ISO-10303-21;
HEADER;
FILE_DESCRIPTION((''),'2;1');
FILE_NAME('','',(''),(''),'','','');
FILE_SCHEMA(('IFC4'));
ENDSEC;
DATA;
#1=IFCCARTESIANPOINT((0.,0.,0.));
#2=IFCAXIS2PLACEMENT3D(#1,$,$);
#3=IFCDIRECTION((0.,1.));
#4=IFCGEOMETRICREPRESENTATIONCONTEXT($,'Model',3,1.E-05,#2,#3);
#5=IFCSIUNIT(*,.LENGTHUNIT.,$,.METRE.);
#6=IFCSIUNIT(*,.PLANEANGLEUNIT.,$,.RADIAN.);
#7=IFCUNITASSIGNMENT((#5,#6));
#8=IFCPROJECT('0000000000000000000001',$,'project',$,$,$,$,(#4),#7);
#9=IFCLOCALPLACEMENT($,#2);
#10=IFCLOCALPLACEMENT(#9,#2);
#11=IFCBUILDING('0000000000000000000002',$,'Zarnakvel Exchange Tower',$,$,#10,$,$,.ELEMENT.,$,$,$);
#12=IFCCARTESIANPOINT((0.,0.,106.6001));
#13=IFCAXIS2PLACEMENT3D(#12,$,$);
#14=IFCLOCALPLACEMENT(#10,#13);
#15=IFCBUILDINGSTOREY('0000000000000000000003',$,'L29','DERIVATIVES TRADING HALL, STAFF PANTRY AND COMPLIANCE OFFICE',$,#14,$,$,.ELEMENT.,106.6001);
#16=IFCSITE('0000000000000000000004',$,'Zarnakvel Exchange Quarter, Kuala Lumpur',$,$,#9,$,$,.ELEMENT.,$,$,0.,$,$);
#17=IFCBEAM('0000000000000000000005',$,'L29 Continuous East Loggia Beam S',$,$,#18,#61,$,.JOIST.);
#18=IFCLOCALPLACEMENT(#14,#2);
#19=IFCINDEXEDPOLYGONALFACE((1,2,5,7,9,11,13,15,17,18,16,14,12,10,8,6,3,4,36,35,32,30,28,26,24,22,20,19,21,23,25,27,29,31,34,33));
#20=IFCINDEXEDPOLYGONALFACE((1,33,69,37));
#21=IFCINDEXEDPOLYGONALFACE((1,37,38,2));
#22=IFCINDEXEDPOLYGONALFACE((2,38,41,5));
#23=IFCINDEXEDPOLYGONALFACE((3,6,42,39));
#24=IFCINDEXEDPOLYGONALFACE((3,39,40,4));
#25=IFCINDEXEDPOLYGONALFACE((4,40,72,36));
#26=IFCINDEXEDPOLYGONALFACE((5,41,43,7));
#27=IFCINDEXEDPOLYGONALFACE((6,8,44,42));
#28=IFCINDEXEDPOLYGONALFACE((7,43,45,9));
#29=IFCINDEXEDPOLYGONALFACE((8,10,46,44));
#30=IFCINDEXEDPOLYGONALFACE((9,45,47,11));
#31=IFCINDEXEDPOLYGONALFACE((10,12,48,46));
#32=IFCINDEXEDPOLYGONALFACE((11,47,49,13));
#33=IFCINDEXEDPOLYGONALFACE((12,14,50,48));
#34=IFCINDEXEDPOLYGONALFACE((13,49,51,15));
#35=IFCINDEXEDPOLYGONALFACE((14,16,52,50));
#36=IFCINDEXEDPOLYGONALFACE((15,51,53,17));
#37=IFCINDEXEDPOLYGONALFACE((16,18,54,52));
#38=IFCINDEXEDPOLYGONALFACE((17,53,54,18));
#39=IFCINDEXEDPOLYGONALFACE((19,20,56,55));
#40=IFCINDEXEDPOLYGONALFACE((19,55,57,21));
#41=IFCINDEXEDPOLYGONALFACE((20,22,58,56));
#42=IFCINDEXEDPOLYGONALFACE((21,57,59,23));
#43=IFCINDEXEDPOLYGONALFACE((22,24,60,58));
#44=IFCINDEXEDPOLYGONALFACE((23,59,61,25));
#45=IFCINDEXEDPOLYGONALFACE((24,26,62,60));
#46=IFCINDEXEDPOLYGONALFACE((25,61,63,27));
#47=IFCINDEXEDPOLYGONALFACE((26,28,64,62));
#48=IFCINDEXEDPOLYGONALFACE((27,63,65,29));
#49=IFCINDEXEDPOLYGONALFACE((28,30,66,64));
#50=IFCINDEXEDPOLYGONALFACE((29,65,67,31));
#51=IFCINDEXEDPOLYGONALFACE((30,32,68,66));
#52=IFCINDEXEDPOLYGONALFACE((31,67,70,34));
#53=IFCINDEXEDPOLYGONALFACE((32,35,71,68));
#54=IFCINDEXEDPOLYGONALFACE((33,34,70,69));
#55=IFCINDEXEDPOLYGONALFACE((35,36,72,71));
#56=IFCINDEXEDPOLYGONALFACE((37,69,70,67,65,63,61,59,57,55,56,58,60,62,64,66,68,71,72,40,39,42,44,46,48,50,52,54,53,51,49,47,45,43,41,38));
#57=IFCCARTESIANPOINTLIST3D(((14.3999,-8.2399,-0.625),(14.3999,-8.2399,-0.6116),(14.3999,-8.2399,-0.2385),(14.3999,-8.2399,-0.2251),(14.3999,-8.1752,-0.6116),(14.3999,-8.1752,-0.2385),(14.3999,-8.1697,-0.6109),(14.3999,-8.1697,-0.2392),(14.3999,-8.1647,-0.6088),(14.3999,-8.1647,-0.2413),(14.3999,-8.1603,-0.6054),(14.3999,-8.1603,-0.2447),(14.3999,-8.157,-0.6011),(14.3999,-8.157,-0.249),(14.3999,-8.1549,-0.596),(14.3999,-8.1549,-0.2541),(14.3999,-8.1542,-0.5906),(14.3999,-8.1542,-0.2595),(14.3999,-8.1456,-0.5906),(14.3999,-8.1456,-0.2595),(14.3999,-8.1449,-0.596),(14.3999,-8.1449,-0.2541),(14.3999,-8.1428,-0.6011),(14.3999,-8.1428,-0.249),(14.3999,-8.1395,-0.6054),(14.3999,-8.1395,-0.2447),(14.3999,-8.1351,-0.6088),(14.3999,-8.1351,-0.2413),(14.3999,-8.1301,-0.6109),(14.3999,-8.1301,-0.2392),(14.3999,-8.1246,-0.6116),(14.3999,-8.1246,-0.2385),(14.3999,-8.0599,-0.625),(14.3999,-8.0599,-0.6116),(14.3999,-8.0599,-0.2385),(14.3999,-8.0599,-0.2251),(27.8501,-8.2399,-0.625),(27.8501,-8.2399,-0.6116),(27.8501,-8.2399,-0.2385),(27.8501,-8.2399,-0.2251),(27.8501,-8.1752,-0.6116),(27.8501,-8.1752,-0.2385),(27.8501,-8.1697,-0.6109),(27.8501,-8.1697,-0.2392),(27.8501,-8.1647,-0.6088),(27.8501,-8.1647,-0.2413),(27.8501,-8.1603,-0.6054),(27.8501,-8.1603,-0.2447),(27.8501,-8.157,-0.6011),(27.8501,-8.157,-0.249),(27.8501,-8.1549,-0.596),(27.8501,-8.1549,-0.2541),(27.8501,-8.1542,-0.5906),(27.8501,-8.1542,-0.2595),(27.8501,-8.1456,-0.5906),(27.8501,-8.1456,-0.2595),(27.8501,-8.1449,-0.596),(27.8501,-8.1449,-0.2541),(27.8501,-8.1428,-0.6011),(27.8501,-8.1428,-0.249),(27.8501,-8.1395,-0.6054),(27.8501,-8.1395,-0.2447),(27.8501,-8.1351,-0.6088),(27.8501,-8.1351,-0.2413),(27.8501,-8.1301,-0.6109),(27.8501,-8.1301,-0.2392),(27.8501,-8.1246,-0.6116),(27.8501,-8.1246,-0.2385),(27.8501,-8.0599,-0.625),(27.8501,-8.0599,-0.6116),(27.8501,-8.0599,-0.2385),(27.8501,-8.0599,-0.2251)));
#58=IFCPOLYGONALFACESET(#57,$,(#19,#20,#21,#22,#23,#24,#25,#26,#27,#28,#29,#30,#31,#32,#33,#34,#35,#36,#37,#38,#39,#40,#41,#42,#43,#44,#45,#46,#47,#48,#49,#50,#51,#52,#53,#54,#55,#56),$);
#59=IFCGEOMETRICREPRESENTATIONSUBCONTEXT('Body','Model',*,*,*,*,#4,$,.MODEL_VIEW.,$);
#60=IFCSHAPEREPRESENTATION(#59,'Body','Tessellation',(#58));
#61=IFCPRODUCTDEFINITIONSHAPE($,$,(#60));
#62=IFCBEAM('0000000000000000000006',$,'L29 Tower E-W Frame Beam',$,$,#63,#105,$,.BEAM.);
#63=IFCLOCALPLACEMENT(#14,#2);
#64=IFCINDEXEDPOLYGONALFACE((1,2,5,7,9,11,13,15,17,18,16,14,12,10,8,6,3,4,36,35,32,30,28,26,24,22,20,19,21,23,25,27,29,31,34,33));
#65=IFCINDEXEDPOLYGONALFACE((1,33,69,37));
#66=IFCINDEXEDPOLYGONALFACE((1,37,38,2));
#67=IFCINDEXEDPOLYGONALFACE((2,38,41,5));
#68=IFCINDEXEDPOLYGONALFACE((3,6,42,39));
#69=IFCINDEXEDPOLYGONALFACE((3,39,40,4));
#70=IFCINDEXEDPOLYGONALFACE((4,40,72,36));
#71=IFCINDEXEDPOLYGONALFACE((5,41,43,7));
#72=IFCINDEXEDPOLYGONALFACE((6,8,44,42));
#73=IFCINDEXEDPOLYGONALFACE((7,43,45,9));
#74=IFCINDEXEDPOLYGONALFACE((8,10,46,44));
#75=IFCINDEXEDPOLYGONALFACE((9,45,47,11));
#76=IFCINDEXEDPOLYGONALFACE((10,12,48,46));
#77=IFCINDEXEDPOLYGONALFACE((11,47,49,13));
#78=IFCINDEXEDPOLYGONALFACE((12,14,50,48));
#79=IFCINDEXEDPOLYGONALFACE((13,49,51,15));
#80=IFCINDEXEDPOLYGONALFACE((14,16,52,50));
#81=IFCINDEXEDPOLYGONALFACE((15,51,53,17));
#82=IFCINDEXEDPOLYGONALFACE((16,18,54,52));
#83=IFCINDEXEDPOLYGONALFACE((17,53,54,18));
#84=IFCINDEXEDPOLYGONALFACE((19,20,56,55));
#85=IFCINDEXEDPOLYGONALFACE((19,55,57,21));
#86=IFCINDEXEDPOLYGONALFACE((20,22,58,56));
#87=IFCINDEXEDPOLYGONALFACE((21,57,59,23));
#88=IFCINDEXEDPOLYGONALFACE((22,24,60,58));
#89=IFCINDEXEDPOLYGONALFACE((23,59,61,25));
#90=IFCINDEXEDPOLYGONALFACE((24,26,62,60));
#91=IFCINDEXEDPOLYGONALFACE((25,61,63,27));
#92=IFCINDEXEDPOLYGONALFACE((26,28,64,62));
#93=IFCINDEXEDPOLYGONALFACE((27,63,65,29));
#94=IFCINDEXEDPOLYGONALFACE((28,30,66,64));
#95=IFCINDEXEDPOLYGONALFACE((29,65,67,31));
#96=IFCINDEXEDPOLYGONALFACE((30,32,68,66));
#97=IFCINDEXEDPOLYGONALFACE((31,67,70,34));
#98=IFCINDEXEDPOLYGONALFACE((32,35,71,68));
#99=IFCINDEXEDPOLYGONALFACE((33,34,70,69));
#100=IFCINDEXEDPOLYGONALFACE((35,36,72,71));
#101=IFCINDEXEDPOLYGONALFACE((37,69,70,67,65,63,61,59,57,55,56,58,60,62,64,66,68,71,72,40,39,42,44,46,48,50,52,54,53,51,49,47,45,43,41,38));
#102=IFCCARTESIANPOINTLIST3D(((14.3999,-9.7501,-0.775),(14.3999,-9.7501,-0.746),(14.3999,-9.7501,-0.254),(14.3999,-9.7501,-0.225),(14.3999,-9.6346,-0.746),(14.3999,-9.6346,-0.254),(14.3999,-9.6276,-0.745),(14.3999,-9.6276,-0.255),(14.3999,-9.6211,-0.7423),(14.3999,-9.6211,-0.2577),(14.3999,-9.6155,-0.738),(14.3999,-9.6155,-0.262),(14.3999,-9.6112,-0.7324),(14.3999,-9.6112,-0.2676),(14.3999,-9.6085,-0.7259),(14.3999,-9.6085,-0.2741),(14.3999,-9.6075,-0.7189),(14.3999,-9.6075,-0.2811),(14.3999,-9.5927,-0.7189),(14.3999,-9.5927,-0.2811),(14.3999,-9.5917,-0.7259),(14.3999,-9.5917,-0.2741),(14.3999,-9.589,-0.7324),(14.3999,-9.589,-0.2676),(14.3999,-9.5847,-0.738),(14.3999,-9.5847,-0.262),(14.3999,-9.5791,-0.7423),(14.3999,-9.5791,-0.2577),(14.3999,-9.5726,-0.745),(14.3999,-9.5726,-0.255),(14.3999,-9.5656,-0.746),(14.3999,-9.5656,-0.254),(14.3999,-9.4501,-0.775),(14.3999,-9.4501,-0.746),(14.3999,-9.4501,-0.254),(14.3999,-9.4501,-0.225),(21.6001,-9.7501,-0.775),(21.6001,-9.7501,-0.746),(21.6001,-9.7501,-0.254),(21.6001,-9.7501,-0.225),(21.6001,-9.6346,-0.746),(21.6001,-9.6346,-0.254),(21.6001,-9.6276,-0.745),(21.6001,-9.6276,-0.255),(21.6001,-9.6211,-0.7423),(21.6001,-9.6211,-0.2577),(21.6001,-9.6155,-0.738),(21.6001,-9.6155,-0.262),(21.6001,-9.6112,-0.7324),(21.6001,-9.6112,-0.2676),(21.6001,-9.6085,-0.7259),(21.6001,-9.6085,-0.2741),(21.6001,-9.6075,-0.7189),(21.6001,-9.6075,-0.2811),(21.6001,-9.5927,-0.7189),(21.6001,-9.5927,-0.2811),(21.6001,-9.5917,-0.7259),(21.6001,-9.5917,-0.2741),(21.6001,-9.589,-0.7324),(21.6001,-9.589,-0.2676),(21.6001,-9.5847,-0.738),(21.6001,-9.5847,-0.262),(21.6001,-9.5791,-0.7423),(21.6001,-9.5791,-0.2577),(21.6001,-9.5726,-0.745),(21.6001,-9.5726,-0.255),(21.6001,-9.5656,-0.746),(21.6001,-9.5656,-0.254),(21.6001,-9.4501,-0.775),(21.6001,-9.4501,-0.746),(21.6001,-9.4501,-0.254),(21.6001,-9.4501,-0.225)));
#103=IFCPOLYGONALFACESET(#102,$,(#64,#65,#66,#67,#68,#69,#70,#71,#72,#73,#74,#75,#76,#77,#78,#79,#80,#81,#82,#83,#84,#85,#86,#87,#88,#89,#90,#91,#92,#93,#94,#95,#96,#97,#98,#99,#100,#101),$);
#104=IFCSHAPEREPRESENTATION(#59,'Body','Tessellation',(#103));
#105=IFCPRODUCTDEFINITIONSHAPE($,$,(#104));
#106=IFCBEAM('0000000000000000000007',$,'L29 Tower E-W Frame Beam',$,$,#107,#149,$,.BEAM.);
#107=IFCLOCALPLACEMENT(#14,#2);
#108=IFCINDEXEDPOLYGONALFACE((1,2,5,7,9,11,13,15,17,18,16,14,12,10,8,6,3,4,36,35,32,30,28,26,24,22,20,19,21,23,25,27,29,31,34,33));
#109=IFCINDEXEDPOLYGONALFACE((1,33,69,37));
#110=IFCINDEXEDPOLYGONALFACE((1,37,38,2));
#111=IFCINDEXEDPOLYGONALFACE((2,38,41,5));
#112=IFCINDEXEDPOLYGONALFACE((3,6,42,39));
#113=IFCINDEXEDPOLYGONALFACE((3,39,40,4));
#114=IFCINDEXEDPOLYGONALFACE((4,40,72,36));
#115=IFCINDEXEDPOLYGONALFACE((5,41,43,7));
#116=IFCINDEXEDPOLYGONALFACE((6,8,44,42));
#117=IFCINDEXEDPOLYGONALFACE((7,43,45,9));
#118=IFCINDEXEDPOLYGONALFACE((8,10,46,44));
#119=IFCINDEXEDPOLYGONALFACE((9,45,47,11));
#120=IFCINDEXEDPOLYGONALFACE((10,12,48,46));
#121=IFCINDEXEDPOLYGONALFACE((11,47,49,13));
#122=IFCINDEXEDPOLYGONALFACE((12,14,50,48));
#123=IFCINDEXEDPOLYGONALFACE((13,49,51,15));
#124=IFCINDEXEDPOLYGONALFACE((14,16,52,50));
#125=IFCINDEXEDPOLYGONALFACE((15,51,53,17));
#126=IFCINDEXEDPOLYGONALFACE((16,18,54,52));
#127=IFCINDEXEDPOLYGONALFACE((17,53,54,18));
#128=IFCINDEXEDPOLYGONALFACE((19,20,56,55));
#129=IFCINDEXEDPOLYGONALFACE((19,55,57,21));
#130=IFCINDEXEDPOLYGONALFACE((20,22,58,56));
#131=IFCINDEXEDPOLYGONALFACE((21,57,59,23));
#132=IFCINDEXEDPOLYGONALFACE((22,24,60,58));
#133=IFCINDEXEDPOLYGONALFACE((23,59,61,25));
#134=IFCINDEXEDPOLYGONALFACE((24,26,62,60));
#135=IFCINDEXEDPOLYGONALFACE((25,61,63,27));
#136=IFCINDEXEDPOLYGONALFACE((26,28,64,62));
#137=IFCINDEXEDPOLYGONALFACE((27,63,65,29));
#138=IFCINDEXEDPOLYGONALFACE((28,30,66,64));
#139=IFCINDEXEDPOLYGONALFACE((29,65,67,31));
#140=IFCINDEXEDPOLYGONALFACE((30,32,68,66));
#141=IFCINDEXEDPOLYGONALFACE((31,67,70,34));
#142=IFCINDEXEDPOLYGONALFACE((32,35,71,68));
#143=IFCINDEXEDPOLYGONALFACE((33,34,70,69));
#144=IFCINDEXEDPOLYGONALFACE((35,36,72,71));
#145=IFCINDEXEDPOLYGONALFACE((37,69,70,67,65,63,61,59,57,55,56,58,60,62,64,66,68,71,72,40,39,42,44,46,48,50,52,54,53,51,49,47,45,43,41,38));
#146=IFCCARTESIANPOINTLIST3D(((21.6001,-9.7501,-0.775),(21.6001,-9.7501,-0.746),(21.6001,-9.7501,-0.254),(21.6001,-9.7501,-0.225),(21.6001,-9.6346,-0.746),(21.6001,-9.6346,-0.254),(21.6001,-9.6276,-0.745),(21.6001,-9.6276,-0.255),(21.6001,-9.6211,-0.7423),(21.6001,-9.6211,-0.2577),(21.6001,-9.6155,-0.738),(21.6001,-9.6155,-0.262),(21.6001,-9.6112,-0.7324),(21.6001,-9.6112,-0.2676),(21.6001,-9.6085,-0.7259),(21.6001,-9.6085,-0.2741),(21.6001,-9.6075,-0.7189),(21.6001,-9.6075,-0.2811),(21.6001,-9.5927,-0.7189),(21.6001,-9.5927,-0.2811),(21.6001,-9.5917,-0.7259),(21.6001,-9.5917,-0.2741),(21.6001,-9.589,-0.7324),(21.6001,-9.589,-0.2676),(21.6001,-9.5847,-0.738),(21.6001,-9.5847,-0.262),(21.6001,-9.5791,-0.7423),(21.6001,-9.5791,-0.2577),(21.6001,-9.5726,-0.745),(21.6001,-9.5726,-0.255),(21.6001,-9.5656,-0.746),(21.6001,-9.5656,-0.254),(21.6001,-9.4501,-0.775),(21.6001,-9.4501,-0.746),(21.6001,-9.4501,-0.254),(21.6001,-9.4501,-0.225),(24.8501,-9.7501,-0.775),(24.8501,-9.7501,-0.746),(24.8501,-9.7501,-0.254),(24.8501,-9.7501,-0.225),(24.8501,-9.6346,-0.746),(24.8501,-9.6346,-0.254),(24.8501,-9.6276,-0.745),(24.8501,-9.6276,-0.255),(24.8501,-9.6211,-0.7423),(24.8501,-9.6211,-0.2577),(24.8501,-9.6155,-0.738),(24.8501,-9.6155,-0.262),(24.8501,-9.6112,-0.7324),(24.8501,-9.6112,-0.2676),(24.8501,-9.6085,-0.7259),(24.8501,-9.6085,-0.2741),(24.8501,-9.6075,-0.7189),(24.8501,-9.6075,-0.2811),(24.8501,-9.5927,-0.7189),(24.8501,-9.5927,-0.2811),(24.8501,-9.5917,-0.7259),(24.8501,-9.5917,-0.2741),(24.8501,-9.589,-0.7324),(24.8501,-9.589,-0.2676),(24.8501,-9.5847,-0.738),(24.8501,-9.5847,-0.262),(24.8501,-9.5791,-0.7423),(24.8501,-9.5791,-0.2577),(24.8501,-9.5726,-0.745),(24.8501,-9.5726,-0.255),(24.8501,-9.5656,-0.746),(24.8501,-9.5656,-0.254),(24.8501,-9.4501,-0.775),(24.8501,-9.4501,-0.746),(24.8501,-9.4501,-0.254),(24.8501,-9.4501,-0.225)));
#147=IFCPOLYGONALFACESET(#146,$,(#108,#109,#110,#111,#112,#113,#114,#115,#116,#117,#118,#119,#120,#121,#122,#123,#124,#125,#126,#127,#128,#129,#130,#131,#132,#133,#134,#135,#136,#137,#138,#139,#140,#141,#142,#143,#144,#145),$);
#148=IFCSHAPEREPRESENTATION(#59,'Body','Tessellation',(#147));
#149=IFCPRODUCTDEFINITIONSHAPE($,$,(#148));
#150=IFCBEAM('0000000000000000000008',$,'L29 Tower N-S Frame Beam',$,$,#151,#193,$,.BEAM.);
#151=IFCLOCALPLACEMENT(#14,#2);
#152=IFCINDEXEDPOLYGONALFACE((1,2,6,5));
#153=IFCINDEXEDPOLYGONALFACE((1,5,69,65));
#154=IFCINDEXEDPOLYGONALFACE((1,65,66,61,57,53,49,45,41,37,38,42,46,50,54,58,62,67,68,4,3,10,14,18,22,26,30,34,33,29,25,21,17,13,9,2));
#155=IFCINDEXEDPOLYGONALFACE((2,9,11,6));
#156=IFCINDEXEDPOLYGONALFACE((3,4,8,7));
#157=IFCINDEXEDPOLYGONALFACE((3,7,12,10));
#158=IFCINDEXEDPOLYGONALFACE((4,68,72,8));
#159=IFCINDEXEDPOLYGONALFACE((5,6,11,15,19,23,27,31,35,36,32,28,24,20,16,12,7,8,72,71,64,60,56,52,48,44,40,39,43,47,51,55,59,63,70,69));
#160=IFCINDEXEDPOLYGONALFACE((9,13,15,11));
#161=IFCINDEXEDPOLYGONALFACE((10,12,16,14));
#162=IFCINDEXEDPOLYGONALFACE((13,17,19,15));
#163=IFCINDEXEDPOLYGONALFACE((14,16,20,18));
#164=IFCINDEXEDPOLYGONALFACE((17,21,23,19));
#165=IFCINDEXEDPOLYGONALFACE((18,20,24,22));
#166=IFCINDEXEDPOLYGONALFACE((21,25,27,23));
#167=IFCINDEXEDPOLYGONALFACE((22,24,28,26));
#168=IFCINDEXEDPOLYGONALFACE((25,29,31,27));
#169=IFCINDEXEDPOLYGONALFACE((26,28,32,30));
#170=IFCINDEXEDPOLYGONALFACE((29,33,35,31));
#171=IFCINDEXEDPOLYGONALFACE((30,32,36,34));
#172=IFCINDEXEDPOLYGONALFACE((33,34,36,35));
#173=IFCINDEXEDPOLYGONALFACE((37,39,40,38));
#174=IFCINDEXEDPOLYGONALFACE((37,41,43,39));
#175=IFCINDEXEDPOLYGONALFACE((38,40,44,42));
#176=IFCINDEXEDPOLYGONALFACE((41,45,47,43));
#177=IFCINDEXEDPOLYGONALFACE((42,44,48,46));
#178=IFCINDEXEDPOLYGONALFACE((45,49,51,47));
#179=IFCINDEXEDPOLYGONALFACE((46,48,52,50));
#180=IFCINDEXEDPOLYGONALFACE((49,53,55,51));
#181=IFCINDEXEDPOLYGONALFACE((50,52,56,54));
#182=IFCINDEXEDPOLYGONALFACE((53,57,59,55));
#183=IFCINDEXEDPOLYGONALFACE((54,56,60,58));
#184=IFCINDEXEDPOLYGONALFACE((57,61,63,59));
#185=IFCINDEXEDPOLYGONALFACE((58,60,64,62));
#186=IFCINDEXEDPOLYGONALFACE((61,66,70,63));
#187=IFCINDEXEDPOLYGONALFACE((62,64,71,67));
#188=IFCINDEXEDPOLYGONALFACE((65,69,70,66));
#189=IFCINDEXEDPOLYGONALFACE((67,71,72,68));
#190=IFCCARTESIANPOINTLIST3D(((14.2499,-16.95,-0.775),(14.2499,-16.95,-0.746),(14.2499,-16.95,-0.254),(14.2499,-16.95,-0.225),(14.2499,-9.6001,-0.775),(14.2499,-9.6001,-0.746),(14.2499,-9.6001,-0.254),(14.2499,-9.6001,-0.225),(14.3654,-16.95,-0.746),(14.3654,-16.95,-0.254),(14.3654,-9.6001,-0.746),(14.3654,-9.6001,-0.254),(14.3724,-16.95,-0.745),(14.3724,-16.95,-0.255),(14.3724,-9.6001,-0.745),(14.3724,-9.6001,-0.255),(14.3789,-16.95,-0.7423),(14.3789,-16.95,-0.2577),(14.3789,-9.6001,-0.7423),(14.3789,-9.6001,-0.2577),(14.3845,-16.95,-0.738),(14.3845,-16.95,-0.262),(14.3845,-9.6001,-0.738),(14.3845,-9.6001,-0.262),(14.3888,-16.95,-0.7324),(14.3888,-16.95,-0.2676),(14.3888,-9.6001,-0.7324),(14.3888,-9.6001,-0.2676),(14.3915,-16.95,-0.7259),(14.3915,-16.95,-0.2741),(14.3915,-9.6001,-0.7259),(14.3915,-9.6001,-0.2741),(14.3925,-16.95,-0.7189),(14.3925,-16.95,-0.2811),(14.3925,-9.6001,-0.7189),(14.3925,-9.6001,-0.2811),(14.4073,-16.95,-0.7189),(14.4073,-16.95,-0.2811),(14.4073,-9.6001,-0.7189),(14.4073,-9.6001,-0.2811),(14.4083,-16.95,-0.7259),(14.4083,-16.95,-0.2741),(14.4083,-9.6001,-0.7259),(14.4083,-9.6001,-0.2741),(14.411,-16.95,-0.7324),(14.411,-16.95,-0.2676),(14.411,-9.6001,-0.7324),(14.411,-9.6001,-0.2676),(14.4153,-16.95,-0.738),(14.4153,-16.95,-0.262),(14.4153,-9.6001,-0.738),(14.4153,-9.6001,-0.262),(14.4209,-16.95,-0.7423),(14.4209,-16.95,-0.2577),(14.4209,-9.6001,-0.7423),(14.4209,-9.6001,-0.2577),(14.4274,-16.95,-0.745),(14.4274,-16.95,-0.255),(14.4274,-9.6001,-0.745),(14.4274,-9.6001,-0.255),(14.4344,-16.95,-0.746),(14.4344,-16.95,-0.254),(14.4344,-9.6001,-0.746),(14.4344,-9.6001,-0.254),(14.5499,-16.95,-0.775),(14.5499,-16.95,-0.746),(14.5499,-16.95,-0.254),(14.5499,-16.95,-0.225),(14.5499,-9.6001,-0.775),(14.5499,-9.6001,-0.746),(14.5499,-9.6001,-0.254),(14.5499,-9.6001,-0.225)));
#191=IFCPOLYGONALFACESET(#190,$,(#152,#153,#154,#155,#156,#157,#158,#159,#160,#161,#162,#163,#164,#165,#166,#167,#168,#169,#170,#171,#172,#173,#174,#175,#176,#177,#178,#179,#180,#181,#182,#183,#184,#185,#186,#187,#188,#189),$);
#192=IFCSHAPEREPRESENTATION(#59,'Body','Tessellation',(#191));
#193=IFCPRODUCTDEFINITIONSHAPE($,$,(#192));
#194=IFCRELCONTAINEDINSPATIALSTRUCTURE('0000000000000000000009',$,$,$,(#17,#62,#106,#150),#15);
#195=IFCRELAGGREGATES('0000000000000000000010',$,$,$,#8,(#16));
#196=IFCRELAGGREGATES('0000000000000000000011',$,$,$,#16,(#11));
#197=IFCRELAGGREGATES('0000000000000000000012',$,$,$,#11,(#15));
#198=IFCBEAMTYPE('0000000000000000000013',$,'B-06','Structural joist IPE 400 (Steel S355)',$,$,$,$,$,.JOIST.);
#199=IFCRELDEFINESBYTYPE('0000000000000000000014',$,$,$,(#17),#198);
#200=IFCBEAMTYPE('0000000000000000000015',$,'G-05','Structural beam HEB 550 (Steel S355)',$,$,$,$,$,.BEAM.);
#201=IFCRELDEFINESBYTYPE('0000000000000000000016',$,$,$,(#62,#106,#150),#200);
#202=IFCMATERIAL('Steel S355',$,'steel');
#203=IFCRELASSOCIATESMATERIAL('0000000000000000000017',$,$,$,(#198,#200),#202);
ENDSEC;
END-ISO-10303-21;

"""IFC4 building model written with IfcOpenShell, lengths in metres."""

from ifc_helpers import new_model, si_unit, direction, frame, origin, origin_2d, place, context, subcontext, project, spatial, i_section, extrude, material, material_profile, profile_set, type_object, element, save


model = new_model("IFC4")

# Units and contexts
model_context = context("Model", 3, precision=1e-05, world=origin(), true_north=direction((0.0, 1.0)))
body_context = subcontext(model_context, "Body", "Model", "MODEL_VIEW")
ifc_project = project(units=[si_unit("LENGTHUNIT", "METRE"), si_unit("PLANEANGLEUNIT", "RADIAN")], contexts=[model_context])

# Site, building, storey
site_placement = place(None, origin())
site = spatial("IfcSite", under=ifc_project, at=site_placement, Name="Zarnakvel Exchange Quarter, Kuala Lumpur", CompositionType="ELEMENT", RefElevation=0.0)
building_placement = place(site_placement, origin())
building = spatial("IfcBuilding", under=site, at=building_placement, Name="Zarnakvel Exchange Tower", CompositionType="ELEMENT")
storey_placement = place(building_placement, frame((0.0, 0.0, 106.6001)))
storey = spatial("IfcBuildingStorey", under=building, at=storey_placement, Name="L29", Description="DERIVATIVES TRADING HALL, STAFF PANTRY AND COMPLIANCE OFFICE", CompositionType="ELEMENT", Elevation=106.6001)

# Shared definitions
ifc_material_1 = material(Name="Steel S355", Category="steel")

# Beams
ifc_material_profile_1 = material_profile(ifc_material_1, i_section(OverallWidth=0.1799, OverallDepth=0.3999, WebThickness=0.0085, FlangeThickness=0.0134, FilletRadius=0.021, at=origin_2d()))
ifc_profile_set_1 = profile_set([ifc_material_profile_1], Name="Steel S355")
beam_type_1 = type_object("IfcBeamType", Name="B-06", Description="Structural joist IPE 400 (Steel S355)", PredefinedType="JOIST", material=ifc_profile_set_1)
beam_1_placement = place(storey_placement, frame((14.3999, -8.1499, -0.425), z_axis=(1.0, 0.0, 0.0), x_axis=(0.0, 1.0, 0.0)))
element("IfcBeam", 1, at=beam_1_placement, inside=storey, type_object=beam_type_1, Name="L29 Continuous East Loggia Beam S", PredefinedType="JOIST", context=body_context, shape_type="SweptSolid", body=[
    extrude(i_section(OverallWidth=0.1799, OverallDepth=0.3999, WebThickness=0.0085, FlangeThickness=0.0134, FilletRadius=0.021, at=origin_2d()), origin(), (0.0, 0.0, 1.0), 13.4502),
])
ifc_material_profile_2 = material_profile(ifc_material_1, i_section(OverallWidth=0.3, OverallDepth=0.55, WebThickness=0.0149, FlangeThickness=0.0291, FilletRadius=0.0271, at=origin_2d()))
ifc_profile_set_2 = profile_set([ifc_material_profile_2], Name="Steel S355")
beam_type_2 = type_object("IfcBeamType", Name="G-05", Description="Structural beam HEB 550 (Steel S355)", PredefinedType="BEAM", material=ifc_profile_set_2)
beam_2_placement = place(storey_placement, frame((14.3999, -9.6001, -0.5), z_axis=(1.0, 0.0, 0.0), x_axis=(0.0, 1.0, 0.0)))
element("IfcBeam", 2, at=beam_2_placement, inside=storey, type_object=beam_type_2, Name="L29 Tower E-W Frame Beam", PredefinedType="BEAM", context=body_context, shape_type="SweptSolid", body=[
    extrude(i_section(OverallWidth=0.3, OverallDepth=0.55, WebThickness=0.0149, FlangeThickness=0.0291, FilletRadius=0.0271, at=origin_2d()), origin(), (0.0, 0.0, 1.0), 7.2002),
])
beam_3_placement = place(storey_placement, frame((21.6001, -9.6001, -0.5), z_axis=(1.0, 0.0, 0.0), x_axis=(0.0, 1.0, 0.0)))
element("IfcBeam", 3, at=beam_3_placement, inside=storey, type_object=beam_type_2, Name="L29 Tower E-W Frame Beam", PredefinedType="BEAM", context=body_context, shape_type="SweptSolid", body=[
    extrude(i_section(OverallWidth=0.3, OverallDepth=0.55, WebThickness=0.0149, FlangeThickness=0.0291, FilletRadius=0.0271, at=origin_2d()), origin(), (0.0, 0.0, 1.0), 3.25),
])
beam_4_placement = place(storey_placement, frame((14.3999, -16.95, -0.5), z_axis=(0.0, 1.0, 0.0), x_axis=(-1.0, 0.0, 0.0)))
element("IfcBeam", 4, at=beam_4_placement, inside=storey, type_object=beam_type_2, Name="L29 Tower N-S Frame Beam", PredefinedType="BEAM", context=body_context, shape_type="SweptSolid", body=[
    extrude(i_section(OverallWidth=0.3, OverallDepth=0.55, WebThickness=0.0149, FlangeThickness=0.0291, FilletRadius=0.0271, at=origin_2d()), origin(), (0.0, 0.0, 1.0), 7.3499),
])

save(model, "model.ifc")
